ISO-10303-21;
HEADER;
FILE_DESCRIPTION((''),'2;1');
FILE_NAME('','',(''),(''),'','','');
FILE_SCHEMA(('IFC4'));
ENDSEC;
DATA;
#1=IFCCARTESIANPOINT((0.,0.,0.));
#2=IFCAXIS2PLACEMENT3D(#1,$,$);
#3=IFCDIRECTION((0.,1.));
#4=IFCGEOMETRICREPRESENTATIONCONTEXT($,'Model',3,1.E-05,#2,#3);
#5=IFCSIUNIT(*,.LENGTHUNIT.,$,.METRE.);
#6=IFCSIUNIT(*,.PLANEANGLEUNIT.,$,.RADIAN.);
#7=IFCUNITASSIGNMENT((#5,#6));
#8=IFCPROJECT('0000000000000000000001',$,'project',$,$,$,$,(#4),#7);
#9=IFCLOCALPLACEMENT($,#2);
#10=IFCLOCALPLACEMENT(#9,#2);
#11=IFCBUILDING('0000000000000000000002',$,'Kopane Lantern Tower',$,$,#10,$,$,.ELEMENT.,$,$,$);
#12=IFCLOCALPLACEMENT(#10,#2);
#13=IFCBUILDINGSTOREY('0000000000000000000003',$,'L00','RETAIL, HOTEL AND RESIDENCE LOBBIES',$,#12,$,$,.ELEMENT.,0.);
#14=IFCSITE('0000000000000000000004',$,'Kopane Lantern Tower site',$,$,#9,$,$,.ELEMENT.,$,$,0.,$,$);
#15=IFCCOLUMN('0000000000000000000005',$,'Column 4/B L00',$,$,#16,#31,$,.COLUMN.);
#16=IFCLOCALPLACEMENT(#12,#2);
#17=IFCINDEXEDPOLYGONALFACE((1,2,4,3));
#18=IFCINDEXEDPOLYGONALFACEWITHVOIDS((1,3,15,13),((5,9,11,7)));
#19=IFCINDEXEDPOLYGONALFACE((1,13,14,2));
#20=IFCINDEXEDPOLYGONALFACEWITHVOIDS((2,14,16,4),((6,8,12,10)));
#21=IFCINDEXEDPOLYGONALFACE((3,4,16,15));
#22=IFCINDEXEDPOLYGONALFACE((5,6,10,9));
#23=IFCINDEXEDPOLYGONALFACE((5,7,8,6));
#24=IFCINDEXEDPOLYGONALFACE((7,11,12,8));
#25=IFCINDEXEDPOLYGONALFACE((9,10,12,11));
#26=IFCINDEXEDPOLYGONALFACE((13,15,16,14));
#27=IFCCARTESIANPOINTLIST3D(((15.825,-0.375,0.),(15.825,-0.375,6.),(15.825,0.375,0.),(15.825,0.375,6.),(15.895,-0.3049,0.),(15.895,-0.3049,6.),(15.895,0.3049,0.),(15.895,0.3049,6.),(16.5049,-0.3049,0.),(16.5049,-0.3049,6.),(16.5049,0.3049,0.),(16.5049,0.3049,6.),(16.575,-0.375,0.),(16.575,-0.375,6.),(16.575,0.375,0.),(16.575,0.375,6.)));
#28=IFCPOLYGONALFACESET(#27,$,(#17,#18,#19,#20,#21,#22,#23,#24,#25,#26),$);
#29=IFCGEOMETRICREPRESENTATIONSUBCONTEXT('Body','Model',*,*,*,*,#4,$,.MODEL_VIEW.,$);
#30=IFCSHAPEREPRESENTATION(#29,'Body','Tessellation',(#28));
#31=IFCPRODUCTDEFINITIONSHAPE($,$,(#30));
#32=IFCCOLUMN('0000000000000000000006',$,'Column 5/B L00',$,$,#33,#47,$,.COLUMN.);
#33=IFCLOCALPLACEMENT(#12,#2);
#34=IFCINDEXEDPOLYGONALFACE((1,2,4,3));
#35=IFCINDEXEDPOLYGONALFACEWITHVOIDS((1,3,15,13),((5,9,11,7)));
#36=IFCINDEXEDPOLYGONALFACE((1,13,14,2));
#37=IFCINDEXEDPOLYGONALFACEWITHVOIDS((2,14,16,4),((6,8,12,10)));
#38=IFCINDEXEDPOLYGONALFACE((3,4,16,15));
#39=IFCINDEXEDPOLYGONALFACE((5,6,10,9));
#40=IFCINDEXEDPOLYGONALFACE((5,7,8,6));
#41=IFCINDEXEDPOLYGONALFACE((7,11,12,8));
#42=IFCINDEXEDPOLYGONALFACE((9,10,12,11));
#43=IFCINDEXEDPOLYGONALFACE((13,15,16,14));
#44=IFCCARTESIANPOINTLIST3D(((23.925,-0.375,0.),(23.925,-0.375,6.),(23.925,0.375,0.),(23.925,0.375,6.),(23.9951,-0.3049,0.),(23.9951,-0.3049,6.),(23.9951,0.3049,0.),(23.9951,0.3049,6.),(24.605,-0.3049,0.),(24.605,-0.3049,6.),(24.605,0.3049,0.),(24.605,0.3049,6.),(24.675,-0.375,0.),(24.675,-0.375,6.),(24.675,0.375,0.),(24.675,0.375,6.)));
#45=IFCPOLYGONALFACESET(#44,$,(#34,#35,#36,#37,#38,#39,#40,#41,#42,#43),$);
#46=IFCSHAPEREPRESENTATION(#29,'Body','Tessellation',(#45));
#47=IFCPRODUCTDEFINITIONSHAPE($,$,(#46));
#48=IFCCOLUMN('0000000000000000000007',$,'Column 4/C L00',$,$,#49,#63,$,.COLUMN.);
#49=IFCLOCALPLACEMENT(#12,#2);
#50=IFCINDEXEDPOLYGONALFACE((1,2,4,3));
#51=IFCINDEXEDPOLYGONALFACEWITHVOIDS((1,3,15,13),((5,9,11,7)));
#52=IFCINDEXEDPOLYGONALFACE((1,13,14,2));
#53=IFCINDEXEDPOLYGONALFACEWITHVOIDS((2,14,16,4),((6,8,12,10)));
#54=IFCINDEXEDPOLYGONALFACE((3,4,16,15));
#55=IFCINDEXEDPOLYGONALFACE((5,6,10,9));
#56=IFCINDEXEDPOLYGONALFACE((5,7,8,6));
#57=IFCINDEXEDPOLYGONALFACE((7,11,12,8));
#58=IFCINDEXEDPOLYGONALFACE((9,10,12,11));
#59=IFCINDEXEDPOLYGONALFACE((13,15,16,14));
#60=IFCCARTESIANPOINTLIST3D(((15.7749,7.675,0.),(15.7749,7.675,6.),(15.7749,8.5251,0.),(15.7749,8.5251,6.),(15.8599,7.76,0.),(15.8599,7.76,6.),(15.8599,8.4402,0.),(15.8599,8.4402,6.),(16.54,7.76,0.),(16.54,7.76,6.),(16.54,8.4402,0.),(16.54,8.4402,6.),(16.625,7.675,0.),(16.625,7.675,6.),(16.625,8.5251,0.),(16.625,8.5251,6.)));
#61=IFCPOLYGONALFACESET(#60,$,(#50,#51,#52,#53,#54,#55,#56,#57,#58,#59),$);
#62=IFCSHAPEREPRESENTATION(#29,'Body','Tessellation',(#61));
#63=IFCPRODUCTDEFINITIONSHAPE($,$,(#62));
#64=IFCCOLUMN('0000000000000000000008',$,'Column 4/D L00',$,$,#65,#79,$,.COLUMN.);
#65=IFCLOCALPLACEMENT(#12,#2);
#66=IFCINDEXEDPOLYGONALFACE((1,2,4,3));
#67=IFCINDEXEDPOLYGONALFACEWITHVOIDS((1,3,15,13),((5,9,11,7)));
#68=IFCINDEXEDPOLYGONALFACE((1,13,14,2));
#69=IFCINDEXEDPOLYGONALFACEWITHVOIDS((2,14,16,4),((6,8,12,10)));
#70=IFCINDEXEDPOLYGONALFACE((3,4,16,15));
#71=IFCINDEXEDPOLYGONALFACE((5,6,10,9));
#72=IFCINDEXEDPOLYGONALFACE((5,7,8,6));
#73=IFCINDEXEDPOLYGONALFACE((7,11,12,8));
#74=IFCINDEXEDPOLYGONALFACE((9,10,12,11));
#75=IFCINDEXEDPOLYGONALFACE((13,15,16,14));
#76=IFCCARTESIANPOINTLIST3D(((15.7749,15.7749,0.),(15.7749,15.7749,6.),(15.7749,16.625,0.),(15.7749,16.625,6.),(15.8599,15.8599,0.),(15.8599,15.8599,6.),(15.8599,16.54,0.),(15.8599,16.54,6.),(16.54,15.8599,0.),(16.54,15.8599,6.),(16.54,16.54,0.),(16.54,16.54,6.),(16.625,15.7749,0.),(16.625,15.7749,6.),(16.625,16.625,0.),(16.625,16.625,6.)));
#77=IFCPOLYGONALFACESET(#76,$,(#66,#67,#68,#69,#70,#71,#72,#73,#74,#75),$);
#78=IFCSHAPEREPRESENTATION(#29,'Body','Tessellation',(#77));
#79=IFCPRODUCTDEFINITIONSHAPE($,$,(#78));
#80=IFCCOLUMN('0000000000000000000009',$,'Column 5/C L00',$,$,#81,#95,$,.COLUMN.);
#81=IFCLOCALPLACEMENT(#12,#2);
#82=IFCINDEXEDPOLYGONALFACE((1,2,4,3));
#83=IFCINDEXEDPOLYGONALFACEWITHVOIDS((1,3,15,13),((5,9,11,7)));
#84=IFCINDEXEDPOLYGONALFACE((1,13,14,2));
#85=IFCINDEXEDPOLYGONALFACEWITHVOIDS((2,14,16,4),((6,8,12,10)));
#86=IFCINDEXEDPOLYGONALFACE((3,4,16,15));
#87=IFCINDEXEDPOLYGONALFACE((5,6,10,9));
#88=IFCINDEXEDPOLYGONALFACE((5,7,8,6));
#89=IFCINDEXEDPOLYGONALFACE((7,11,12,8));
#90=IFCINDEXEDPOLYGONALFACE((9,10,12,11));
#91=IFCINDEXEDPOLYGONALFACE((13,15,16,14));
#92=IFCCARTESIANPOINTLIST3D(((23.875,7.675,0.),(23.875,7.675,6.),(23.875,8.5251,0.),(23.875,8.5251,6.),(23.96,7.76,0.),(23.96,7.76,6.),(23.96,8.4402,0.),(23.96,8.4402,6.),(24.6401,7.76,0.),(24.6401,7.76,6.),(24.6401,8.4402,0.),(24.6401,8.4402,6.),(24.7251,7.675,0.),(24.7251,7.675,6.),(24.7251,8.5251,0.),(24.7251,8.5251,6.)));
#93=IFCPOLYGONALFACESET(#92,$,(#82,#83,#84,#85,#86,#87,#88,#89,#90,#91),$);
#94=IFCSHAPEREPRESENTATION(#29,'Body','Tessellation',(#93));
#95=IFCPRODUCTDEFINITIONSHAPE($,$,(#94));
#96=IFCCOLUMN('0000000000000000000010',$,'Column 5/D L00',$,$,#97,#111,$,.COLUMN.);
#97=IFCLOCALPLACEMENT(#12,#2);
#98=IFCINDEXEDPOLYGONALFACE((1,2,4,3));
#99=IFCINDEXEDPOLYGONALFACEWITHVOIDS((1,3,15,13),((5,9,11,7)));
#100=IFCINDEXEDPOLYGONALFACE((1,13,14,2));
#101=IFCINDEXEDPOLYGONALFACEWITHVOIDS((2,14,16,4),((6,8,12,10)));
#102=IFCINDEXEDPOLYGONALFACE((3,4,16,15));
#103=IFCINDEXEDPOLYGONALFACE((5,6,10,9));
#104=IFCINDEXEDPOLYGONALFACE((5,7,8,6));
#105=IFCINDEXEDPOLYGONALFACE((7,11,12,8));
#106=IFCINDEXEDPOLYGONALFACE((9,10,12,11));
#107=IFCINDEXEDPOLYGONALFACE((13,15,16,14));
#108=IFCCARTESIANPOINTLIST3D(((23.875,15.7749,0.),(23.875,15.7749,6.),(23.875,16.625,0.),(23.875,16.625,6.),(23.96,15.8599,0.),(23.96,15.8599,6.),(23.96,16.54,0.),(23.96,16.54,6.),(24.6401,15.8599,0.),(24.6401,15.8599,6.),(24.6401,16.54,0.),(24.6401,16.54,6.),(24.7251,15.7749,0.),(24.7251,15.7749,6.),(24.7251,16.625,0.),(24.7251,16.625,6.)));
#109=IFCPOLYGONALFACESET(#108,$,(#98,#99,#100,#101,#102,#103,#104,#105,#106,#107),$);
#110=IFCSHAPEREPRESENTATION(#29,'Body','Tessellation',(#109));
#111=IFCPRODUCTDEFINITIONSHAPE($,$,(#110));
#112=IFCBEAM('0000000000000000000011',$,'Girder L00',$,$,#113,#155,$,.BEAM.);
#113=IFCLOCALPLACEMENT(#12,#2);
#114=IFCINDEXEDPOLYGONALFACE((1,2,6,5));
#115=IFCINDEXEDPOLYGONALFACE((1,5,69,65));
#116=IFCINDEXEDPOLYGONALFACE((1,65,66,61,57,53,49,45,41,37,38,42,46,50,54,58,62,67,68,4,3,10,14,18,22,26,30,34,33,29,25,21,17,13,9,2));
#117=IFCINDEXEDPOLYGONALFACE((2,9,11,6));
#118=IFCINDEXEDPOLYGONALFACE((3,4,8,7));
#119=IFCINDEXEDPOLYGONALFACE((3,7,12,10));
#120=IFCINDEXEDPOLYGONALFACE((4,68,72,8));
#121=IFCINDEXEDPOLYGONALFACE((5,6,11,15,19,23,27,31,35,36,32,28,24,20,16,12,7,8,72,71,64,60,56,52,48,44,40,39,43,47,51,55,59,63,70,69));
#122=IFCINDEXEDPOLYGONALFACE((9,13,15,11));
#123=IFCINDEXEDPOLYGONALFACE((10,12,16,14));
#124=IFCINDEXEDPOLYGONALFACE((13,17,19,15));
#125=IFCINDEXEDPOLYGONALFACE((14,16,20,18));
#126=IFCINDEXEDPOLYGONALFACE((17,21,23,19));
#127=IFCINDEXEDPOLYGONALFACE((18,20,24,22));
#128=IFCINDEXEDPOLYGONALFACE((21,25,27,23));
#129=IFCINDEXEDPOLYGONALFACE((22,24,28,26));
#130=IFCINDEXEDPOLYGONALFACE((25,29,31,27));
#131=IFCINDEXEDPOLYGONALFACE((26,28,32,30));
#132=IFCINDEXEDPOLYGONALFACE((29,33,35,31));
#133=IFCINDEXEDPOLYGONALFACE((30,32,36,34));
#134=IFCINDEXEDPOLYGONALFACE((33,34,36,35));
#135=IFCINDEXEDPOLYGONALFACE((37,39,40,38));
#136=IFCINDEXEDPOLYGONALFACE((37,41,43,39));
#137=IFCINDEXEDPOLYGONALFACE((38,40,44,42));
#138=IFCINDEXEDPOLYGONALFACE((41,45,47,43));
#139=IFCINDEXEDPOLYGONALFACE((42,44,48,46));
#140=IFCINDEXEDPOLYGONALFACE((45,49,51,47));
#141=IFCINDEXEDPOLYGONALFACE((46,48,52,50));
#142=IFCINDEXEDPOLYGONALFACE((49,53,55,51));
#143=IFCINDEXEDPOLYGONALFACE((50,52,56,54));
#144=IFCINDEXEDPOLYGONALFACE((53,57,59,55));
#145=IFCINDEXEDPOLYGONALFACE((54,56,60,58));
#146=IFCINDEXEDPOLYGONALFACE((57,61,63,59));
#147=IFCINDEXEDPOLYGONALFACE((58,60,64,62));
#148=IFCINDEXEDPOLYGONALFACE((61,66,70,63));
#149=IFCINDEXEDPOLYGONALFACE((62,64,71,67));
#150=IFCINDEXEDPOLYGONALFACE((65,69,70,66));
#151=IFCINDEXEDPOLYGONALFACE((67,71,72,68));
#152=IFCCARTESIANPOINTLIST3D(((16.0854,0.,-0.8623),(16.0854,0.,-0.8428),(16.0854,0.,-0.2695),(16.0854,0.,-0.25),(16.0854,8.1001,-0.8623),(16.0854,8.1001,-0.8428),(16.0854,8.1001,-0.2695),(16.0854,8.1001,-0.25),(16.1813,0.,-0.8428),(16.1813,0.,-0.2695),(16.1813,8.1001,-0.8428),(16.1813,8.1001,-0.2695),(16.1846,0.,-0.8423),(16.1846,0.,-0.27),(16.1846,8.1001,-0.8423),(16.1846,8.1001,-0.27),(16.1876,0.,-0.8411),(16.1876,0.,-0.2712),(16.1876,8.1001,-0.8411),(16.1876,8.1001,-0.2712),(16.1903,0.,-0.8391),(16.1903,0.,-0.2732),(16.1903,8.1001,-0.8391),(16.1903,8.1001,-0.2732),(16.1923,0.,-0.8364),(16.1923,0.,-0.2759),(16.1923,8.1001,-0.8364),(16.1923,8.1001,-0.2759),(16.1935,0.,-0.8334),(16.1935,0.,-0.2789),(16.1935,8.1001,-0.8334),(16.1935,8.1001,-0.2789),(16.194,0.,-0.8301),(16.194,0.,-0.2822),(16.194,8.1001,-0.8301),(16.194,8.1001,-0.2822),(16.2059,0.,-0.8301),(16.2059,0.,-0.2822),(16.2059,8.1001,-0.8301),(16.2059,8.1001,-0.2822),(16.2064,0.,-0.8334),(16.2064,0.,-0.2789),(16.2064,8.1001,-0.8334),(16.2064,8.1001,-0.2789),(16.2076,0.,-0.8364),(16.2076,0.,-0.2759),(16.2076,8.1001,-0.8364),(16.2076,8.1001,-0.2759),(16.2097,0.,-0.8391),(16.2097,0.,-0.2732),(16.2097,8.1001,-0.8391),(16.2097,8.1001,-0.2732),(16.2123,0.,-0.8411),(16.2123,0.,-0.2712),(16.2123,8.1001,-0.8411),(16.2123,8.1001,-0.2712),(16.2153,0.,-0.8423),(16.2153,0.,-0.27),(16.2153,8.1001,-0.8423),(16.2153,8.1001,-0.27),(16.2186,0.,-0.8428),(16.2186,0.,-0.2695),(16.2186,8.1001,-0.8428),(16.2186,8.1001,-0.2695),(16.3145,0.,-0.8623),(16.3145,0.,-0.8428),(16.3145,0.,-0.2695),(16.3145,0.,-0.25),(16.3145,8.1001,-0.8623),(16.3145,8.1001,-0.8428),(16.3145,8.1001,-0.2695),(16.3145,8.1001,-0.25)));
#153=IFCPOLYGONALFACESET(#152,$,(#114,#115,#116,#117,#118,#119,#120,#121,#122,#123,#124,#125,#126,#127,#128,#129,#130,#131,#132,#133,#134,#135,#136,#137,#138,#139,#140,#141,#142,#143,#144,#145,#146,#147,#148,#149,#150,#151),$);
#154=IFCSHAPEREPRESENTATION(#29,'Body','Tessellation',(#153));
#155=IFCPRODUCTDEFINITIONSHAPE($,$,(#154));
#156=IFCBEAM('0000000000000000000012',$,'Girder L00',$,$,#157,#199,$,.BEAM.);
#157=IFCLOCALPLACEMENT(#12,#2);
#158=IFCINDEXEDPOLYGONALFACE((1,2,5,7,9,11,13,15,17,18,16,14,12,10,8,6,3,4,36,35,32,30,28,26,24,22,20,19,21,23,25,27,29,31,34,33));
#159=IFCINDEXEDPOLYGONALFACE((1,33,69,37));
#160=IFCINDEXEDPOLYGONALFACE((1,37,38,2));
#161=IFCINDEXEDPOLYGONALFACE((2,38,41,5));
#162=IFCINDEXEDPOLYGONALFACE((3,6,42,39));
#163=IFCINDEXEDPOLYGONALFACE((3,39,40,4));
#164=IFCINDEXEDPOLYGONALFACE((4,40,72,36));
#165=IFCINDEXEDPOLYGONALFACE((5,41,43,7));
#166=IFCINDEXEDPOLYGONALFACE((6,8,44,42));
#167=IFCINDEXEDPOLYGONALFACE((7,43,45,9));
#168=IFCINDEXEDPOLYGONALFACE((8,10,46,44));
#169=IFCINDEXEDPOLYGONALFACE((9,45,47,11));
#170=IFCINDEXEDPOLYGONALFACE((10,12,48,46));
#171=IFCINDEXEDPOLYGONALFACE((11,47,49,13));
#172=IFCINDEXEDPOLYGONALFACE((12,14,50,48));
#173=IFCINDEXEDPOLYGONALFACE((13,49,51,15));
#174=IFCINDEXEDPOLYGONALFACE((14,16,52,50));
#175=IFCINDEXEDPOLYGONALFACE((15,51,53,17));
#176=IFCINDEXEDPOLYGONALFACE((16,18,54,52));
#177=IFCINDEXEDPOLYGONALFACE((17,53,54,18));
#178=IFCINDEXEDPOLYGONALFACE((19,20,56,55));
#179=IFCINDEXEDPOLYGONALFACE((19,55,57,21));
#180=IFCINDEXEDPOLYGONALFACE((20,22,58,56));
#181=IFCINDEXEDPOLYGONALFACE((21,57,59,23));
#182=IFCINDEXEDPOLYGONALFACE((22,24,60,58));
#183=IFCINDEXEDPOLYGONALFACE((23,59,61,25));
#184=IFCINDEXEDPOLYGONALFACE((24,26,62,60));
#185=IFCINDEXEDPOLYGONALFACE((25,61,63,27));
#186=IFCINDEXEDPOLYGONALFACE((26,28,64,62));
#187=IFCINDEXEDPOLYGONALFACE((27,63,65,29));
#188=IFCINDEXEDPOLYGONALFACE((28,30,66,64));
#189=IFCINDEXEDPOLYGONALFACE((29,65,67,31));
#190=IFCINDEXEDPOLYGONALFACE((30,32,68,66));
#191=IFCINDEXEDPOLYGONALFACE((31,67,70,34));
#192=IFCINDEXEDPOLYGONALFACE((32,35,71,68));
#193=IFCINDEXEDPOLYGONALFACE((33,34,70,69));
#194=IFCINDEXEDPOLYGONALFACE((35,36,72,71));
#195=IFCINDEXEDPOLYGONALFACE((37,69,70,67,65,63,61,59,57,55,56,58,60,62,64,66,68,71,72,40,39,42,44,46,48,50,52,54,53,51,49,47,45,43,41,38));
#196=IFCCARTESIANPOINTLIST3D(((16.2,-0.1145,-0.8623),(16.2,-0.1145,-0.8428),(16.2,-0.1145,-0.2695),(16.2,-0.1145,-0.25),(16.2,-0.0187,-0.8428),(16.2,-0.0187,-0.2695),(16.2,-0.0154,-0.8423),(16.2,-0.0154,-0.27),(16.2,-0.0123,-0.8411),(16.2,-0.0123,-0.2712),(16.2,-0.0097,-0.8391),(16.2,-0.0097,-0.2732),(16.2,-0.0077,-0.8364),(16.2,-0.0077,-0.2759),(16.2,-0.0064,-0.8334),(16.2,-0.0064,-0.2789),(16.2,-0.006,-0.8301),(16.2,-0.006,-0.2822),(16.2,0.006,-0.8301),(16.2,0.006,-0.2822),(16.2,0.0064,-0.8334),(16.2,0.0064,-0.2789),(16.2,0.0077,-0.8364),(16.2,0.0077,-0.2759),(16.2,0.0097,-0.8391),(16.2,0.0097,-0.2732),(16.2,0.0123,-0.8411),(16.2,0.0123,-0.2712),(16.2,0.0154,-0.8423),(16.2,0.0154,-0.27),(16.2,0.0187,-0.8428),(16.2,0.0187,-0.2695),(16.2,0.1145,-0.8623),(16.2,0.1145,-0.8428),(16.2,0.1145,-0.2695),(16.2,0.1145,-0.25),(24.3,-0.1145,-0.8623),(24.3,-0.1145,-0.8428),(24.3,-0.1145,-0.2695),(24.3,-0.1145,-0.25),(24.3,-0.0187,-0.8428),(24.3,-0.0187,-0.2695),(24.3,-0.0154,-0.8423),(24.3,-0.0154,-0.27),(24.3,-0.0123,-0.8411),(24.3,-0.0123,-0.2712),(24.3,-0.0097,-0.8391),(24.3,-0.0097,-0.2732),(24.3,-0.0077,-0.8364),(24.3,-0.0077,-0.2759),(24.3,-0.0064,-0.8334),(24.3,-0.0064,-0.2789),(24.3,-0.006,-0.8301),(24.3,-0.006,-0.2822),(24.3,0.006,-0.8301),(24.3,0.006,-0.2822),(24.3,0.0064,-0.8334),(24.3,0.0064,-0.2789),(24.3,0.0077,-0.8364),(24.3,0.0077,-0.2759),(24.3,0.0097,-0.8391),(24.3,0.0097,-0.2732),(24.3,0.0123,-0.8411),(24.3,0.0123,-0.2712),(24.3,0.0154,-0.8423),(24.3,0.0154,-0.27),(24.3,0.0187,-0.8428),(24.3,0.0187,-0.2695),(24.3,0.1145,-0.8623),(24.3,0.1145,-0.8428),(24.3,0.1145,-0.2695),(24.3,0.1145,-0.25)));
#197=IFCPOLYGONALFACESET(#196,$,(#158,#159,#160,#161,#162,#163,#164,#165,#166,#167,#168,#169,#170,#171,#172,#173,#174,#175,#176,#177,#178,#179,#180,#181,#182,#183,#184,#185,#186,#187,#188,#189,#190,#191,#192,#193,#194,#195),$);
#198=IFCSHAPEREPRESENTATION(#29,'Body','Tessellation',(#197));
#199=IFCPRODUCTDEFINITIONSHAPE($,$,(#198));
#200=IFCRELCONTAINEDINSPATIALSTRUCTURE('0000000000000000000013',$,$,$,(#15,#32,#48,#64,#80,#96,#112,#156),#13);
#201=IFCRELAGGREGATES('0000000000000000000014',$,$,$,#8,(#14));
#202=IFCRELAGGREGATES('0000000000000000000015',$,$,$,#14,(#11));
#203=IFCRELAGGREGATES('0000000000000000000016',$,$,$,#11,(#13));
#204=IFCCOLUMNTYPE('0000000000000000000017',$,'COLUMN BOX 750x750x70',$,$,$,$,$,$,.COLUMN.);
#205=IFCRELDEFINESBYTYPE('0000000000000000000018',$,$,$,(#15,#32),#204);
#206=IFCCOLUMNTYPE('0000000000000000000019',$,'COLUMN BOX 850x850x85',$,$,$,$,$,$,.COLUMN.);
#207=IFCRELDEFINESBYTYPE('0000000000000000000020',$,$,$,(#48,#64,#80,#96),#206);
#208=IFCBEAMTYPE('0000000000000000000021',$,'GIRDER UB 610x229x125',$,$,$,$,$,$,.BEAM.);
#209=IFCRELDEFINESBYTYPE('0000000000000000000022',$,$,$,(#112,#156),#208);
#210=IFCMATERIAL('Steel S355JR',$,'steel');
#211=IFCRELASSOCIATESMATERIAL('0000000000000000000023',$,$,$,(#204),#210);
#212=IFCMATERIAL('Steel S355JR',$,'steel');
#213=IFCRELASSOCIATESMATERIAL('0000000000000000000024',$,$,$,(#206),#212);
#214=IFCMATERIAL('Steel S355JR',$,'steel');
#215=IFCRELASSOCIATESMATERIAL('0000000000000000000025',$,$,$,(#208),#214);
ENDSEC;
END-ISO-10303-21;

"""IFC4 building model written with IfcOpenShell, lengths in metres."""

from ifc_helpers import new_model, si_unit, direction, frame, origin, origin_2d, place, context, subcontext, project, spatial, hollow_rectangle, i_section, extrude, material, material_profile, profile_set, type_object, element, save


model = new_model("IFC4")

# Units and contexts
model_context = context("Model", 3, precision=1e-05, world=origin(), true_north=direction((0.0, 1.0)))
body_context = subcontext(model_context, "Body", "Model", "MODEL_VIEW")
ifc_project = project(units=[si_unit("LENGTHUNIT", "METRE"), si_unit("PLANEANGLEUNIT", "RADIAN")], contexts=[model_context])

# Site, building, storey
site_placement = place(None, origin())
site = spatial("IfcSite", under=ifc_project, at=site_placement, Name="Kopane Lantern Tower site", CompositionType="ELEMENT", RefElevation=0.0)
building_placement = place(site_placement, origin())
building = spatial("IfcBuilding", under=site, at=building_placement, Name="Kopane Lantern Tower", CompositionType="ELEMENT")
storey_placement = place(building_placement, origin())
storey = spatial("IfcBuildingStorey", under=building, at=storey_placement, Name="L00", Description="RETAIL, HOTEL AND RESIDENCE LOBBIES", CompositionType="ELEMENT", Elevation=0.0)

# Columns
ifc_material_1 = material(Name="Steel S355JR", Category="steel")
ifc_material_profile_1 = material_profile(ifc_material_1, hollow_rectangle(XDim=0.75, YDim=0.75, WallThickness=0.0701, at=origin_2d()), Name="BOX 750x750x70")
ifc_profile_set_1 = profile_set([ifc_material_profile_1], Name="Steel S355JR")
column_type_1 = type_object("IfcColumnType", Name="COLUMN BOX 750x750x70", PredefinedType="COLUMN", material=ifc_profile_set_1)
for number, where, z_axis, x_axis, name in (
    (1, (16.2, 0.0, 0.0), (0.0, 0.0, 1.0), (1.0, 0.0, 0.0), "Column 4/B L00"),
    (2, (24.3, 0.0, 0.0), (0.0, 0.0, 1.0), (1.0, 0.0, 0.0), "Column 5/B L00"),
):
    element("IfcColumn", number, at=place(storey_placement, frame(where, z_axis=z_axis, x_axis=x_axis)), inside=storey, type_object=column_type_1, Name=name, PredefinedType="COLUMN", context=body_context, shape_type="SweptSolid", body=[
        extrude(hollow_rectangle(XDim=0.75, YDim=0.75, WallThickness=0.0701, at=origin_2d()), origin(), (0.0, 0.0, 1.0), 6.0),
    ])
ifc_material_2 = material(Name="Steel S355JR", Category="steel")
ifc_material_profile_2 = material_profile(ifc_material_2, hollow_rectangle(XDim=0.8501, YDim=0.8501, WallThickness=0.085, at=origin_2d()), Name="BOX 850x850x85")
ifc_profile_set_2 = profile_set([ifc_material_profile_2], Name="Steel S355JR")
column_type_2 = type_object("IfcColumnType", Name="COLUMN BOX 850x850x85", PredefinedType="COLUMN", material=ifc_profile_set_2)
for number, where, z_axis, x_axis, name in (
    (3, (16.2, 8.1001, 0.0), (0.0, 0.0, 1.0), (1.0, 0.0, 0.0), "Column 4/C L00"),
    (4, (16.2, 16.2, 0.0), (0.0, 0.0, 1.0), (1.0, 0.0, 0.0), "Column 4/D L00"),
    (5, (24.3, 8.1001, 0.0), (0.0, 0.0, 1.0), (1.0, 0.0, 0.0), "Column 5/C L00"),
    (6, (24.3, 16.2, 0.0), (0.0, 0.0, 1.0), (1.0, 0.0, 0.0), "Column 5/D L00"),
):
    element("IfcColumn", number, at=place(storey_placement, frame(where, z_axis=z_axis, x_axis=x_axis)), inside=storey, type_object=column_type_2, Name=name, PredefinedType="COLUMN", context=body_context, shape_type="SweptSolid", body=[
        extrude(hollow_rectangle(XDim=0.8501, YDim=0.8501, WallThickness=0.085, at=origin_2d()), origin(), (0.0, 0.0, 1.0), 6.0),
    ])

# Beams
ifc_material_3 = material(Name="Steel S355JR", Category="steel")
ifc_material_profile_3 = material_profile(ifc_material_3, i_section(OverallWidth=0.229, OverallDepth=0.6123, WebThickness=0.012, FlangeThickness=0.0195, FilletRadius=0.0127, at=origin_2d()), Name="UB 610x229x125")
ifc_profile_set_3 = profile_set([ifc_material_profile_3], Name="Steel S355JR")
beam_type = type_object("IfcBeamType", Name="GIRDER UB 610x229x125", PredefinedType="BEAM", material=ifc_profile_set_3)
for number, where, z_axis, x_axis, name in (
    (7, (16.2, 0.0, -0.5562), (0.0, 1.0, 0.0), (-1.0, 0.0, 0.0), "Girder L00"),
    (8, (16.2, 0.0, -0.5562), (1.0, 0.0, 0.0), (0.0, 1.0, 0.0), "Girder L00"),
):
    element("IfcBeam", number, at=place(storey_placement, frame(where, z_axis=z_axis, x_axis=x_axis)), inside=storey, type_object=beam_type, Name=name, PredefinedType="BEAM", context=body_context, shape_type="SweptSolid", body=[
        extrude(i_section(OverallWidth=0.229, OverallDepth=0.6123, WebThickness=0.012, FlangeThickness=0.0195, FilletRadius=0.0127, at=origin_2d()), origin(), (0.0, 0.0, 1.0), 8.1001),
    ])

save(model, "model.ifc")
